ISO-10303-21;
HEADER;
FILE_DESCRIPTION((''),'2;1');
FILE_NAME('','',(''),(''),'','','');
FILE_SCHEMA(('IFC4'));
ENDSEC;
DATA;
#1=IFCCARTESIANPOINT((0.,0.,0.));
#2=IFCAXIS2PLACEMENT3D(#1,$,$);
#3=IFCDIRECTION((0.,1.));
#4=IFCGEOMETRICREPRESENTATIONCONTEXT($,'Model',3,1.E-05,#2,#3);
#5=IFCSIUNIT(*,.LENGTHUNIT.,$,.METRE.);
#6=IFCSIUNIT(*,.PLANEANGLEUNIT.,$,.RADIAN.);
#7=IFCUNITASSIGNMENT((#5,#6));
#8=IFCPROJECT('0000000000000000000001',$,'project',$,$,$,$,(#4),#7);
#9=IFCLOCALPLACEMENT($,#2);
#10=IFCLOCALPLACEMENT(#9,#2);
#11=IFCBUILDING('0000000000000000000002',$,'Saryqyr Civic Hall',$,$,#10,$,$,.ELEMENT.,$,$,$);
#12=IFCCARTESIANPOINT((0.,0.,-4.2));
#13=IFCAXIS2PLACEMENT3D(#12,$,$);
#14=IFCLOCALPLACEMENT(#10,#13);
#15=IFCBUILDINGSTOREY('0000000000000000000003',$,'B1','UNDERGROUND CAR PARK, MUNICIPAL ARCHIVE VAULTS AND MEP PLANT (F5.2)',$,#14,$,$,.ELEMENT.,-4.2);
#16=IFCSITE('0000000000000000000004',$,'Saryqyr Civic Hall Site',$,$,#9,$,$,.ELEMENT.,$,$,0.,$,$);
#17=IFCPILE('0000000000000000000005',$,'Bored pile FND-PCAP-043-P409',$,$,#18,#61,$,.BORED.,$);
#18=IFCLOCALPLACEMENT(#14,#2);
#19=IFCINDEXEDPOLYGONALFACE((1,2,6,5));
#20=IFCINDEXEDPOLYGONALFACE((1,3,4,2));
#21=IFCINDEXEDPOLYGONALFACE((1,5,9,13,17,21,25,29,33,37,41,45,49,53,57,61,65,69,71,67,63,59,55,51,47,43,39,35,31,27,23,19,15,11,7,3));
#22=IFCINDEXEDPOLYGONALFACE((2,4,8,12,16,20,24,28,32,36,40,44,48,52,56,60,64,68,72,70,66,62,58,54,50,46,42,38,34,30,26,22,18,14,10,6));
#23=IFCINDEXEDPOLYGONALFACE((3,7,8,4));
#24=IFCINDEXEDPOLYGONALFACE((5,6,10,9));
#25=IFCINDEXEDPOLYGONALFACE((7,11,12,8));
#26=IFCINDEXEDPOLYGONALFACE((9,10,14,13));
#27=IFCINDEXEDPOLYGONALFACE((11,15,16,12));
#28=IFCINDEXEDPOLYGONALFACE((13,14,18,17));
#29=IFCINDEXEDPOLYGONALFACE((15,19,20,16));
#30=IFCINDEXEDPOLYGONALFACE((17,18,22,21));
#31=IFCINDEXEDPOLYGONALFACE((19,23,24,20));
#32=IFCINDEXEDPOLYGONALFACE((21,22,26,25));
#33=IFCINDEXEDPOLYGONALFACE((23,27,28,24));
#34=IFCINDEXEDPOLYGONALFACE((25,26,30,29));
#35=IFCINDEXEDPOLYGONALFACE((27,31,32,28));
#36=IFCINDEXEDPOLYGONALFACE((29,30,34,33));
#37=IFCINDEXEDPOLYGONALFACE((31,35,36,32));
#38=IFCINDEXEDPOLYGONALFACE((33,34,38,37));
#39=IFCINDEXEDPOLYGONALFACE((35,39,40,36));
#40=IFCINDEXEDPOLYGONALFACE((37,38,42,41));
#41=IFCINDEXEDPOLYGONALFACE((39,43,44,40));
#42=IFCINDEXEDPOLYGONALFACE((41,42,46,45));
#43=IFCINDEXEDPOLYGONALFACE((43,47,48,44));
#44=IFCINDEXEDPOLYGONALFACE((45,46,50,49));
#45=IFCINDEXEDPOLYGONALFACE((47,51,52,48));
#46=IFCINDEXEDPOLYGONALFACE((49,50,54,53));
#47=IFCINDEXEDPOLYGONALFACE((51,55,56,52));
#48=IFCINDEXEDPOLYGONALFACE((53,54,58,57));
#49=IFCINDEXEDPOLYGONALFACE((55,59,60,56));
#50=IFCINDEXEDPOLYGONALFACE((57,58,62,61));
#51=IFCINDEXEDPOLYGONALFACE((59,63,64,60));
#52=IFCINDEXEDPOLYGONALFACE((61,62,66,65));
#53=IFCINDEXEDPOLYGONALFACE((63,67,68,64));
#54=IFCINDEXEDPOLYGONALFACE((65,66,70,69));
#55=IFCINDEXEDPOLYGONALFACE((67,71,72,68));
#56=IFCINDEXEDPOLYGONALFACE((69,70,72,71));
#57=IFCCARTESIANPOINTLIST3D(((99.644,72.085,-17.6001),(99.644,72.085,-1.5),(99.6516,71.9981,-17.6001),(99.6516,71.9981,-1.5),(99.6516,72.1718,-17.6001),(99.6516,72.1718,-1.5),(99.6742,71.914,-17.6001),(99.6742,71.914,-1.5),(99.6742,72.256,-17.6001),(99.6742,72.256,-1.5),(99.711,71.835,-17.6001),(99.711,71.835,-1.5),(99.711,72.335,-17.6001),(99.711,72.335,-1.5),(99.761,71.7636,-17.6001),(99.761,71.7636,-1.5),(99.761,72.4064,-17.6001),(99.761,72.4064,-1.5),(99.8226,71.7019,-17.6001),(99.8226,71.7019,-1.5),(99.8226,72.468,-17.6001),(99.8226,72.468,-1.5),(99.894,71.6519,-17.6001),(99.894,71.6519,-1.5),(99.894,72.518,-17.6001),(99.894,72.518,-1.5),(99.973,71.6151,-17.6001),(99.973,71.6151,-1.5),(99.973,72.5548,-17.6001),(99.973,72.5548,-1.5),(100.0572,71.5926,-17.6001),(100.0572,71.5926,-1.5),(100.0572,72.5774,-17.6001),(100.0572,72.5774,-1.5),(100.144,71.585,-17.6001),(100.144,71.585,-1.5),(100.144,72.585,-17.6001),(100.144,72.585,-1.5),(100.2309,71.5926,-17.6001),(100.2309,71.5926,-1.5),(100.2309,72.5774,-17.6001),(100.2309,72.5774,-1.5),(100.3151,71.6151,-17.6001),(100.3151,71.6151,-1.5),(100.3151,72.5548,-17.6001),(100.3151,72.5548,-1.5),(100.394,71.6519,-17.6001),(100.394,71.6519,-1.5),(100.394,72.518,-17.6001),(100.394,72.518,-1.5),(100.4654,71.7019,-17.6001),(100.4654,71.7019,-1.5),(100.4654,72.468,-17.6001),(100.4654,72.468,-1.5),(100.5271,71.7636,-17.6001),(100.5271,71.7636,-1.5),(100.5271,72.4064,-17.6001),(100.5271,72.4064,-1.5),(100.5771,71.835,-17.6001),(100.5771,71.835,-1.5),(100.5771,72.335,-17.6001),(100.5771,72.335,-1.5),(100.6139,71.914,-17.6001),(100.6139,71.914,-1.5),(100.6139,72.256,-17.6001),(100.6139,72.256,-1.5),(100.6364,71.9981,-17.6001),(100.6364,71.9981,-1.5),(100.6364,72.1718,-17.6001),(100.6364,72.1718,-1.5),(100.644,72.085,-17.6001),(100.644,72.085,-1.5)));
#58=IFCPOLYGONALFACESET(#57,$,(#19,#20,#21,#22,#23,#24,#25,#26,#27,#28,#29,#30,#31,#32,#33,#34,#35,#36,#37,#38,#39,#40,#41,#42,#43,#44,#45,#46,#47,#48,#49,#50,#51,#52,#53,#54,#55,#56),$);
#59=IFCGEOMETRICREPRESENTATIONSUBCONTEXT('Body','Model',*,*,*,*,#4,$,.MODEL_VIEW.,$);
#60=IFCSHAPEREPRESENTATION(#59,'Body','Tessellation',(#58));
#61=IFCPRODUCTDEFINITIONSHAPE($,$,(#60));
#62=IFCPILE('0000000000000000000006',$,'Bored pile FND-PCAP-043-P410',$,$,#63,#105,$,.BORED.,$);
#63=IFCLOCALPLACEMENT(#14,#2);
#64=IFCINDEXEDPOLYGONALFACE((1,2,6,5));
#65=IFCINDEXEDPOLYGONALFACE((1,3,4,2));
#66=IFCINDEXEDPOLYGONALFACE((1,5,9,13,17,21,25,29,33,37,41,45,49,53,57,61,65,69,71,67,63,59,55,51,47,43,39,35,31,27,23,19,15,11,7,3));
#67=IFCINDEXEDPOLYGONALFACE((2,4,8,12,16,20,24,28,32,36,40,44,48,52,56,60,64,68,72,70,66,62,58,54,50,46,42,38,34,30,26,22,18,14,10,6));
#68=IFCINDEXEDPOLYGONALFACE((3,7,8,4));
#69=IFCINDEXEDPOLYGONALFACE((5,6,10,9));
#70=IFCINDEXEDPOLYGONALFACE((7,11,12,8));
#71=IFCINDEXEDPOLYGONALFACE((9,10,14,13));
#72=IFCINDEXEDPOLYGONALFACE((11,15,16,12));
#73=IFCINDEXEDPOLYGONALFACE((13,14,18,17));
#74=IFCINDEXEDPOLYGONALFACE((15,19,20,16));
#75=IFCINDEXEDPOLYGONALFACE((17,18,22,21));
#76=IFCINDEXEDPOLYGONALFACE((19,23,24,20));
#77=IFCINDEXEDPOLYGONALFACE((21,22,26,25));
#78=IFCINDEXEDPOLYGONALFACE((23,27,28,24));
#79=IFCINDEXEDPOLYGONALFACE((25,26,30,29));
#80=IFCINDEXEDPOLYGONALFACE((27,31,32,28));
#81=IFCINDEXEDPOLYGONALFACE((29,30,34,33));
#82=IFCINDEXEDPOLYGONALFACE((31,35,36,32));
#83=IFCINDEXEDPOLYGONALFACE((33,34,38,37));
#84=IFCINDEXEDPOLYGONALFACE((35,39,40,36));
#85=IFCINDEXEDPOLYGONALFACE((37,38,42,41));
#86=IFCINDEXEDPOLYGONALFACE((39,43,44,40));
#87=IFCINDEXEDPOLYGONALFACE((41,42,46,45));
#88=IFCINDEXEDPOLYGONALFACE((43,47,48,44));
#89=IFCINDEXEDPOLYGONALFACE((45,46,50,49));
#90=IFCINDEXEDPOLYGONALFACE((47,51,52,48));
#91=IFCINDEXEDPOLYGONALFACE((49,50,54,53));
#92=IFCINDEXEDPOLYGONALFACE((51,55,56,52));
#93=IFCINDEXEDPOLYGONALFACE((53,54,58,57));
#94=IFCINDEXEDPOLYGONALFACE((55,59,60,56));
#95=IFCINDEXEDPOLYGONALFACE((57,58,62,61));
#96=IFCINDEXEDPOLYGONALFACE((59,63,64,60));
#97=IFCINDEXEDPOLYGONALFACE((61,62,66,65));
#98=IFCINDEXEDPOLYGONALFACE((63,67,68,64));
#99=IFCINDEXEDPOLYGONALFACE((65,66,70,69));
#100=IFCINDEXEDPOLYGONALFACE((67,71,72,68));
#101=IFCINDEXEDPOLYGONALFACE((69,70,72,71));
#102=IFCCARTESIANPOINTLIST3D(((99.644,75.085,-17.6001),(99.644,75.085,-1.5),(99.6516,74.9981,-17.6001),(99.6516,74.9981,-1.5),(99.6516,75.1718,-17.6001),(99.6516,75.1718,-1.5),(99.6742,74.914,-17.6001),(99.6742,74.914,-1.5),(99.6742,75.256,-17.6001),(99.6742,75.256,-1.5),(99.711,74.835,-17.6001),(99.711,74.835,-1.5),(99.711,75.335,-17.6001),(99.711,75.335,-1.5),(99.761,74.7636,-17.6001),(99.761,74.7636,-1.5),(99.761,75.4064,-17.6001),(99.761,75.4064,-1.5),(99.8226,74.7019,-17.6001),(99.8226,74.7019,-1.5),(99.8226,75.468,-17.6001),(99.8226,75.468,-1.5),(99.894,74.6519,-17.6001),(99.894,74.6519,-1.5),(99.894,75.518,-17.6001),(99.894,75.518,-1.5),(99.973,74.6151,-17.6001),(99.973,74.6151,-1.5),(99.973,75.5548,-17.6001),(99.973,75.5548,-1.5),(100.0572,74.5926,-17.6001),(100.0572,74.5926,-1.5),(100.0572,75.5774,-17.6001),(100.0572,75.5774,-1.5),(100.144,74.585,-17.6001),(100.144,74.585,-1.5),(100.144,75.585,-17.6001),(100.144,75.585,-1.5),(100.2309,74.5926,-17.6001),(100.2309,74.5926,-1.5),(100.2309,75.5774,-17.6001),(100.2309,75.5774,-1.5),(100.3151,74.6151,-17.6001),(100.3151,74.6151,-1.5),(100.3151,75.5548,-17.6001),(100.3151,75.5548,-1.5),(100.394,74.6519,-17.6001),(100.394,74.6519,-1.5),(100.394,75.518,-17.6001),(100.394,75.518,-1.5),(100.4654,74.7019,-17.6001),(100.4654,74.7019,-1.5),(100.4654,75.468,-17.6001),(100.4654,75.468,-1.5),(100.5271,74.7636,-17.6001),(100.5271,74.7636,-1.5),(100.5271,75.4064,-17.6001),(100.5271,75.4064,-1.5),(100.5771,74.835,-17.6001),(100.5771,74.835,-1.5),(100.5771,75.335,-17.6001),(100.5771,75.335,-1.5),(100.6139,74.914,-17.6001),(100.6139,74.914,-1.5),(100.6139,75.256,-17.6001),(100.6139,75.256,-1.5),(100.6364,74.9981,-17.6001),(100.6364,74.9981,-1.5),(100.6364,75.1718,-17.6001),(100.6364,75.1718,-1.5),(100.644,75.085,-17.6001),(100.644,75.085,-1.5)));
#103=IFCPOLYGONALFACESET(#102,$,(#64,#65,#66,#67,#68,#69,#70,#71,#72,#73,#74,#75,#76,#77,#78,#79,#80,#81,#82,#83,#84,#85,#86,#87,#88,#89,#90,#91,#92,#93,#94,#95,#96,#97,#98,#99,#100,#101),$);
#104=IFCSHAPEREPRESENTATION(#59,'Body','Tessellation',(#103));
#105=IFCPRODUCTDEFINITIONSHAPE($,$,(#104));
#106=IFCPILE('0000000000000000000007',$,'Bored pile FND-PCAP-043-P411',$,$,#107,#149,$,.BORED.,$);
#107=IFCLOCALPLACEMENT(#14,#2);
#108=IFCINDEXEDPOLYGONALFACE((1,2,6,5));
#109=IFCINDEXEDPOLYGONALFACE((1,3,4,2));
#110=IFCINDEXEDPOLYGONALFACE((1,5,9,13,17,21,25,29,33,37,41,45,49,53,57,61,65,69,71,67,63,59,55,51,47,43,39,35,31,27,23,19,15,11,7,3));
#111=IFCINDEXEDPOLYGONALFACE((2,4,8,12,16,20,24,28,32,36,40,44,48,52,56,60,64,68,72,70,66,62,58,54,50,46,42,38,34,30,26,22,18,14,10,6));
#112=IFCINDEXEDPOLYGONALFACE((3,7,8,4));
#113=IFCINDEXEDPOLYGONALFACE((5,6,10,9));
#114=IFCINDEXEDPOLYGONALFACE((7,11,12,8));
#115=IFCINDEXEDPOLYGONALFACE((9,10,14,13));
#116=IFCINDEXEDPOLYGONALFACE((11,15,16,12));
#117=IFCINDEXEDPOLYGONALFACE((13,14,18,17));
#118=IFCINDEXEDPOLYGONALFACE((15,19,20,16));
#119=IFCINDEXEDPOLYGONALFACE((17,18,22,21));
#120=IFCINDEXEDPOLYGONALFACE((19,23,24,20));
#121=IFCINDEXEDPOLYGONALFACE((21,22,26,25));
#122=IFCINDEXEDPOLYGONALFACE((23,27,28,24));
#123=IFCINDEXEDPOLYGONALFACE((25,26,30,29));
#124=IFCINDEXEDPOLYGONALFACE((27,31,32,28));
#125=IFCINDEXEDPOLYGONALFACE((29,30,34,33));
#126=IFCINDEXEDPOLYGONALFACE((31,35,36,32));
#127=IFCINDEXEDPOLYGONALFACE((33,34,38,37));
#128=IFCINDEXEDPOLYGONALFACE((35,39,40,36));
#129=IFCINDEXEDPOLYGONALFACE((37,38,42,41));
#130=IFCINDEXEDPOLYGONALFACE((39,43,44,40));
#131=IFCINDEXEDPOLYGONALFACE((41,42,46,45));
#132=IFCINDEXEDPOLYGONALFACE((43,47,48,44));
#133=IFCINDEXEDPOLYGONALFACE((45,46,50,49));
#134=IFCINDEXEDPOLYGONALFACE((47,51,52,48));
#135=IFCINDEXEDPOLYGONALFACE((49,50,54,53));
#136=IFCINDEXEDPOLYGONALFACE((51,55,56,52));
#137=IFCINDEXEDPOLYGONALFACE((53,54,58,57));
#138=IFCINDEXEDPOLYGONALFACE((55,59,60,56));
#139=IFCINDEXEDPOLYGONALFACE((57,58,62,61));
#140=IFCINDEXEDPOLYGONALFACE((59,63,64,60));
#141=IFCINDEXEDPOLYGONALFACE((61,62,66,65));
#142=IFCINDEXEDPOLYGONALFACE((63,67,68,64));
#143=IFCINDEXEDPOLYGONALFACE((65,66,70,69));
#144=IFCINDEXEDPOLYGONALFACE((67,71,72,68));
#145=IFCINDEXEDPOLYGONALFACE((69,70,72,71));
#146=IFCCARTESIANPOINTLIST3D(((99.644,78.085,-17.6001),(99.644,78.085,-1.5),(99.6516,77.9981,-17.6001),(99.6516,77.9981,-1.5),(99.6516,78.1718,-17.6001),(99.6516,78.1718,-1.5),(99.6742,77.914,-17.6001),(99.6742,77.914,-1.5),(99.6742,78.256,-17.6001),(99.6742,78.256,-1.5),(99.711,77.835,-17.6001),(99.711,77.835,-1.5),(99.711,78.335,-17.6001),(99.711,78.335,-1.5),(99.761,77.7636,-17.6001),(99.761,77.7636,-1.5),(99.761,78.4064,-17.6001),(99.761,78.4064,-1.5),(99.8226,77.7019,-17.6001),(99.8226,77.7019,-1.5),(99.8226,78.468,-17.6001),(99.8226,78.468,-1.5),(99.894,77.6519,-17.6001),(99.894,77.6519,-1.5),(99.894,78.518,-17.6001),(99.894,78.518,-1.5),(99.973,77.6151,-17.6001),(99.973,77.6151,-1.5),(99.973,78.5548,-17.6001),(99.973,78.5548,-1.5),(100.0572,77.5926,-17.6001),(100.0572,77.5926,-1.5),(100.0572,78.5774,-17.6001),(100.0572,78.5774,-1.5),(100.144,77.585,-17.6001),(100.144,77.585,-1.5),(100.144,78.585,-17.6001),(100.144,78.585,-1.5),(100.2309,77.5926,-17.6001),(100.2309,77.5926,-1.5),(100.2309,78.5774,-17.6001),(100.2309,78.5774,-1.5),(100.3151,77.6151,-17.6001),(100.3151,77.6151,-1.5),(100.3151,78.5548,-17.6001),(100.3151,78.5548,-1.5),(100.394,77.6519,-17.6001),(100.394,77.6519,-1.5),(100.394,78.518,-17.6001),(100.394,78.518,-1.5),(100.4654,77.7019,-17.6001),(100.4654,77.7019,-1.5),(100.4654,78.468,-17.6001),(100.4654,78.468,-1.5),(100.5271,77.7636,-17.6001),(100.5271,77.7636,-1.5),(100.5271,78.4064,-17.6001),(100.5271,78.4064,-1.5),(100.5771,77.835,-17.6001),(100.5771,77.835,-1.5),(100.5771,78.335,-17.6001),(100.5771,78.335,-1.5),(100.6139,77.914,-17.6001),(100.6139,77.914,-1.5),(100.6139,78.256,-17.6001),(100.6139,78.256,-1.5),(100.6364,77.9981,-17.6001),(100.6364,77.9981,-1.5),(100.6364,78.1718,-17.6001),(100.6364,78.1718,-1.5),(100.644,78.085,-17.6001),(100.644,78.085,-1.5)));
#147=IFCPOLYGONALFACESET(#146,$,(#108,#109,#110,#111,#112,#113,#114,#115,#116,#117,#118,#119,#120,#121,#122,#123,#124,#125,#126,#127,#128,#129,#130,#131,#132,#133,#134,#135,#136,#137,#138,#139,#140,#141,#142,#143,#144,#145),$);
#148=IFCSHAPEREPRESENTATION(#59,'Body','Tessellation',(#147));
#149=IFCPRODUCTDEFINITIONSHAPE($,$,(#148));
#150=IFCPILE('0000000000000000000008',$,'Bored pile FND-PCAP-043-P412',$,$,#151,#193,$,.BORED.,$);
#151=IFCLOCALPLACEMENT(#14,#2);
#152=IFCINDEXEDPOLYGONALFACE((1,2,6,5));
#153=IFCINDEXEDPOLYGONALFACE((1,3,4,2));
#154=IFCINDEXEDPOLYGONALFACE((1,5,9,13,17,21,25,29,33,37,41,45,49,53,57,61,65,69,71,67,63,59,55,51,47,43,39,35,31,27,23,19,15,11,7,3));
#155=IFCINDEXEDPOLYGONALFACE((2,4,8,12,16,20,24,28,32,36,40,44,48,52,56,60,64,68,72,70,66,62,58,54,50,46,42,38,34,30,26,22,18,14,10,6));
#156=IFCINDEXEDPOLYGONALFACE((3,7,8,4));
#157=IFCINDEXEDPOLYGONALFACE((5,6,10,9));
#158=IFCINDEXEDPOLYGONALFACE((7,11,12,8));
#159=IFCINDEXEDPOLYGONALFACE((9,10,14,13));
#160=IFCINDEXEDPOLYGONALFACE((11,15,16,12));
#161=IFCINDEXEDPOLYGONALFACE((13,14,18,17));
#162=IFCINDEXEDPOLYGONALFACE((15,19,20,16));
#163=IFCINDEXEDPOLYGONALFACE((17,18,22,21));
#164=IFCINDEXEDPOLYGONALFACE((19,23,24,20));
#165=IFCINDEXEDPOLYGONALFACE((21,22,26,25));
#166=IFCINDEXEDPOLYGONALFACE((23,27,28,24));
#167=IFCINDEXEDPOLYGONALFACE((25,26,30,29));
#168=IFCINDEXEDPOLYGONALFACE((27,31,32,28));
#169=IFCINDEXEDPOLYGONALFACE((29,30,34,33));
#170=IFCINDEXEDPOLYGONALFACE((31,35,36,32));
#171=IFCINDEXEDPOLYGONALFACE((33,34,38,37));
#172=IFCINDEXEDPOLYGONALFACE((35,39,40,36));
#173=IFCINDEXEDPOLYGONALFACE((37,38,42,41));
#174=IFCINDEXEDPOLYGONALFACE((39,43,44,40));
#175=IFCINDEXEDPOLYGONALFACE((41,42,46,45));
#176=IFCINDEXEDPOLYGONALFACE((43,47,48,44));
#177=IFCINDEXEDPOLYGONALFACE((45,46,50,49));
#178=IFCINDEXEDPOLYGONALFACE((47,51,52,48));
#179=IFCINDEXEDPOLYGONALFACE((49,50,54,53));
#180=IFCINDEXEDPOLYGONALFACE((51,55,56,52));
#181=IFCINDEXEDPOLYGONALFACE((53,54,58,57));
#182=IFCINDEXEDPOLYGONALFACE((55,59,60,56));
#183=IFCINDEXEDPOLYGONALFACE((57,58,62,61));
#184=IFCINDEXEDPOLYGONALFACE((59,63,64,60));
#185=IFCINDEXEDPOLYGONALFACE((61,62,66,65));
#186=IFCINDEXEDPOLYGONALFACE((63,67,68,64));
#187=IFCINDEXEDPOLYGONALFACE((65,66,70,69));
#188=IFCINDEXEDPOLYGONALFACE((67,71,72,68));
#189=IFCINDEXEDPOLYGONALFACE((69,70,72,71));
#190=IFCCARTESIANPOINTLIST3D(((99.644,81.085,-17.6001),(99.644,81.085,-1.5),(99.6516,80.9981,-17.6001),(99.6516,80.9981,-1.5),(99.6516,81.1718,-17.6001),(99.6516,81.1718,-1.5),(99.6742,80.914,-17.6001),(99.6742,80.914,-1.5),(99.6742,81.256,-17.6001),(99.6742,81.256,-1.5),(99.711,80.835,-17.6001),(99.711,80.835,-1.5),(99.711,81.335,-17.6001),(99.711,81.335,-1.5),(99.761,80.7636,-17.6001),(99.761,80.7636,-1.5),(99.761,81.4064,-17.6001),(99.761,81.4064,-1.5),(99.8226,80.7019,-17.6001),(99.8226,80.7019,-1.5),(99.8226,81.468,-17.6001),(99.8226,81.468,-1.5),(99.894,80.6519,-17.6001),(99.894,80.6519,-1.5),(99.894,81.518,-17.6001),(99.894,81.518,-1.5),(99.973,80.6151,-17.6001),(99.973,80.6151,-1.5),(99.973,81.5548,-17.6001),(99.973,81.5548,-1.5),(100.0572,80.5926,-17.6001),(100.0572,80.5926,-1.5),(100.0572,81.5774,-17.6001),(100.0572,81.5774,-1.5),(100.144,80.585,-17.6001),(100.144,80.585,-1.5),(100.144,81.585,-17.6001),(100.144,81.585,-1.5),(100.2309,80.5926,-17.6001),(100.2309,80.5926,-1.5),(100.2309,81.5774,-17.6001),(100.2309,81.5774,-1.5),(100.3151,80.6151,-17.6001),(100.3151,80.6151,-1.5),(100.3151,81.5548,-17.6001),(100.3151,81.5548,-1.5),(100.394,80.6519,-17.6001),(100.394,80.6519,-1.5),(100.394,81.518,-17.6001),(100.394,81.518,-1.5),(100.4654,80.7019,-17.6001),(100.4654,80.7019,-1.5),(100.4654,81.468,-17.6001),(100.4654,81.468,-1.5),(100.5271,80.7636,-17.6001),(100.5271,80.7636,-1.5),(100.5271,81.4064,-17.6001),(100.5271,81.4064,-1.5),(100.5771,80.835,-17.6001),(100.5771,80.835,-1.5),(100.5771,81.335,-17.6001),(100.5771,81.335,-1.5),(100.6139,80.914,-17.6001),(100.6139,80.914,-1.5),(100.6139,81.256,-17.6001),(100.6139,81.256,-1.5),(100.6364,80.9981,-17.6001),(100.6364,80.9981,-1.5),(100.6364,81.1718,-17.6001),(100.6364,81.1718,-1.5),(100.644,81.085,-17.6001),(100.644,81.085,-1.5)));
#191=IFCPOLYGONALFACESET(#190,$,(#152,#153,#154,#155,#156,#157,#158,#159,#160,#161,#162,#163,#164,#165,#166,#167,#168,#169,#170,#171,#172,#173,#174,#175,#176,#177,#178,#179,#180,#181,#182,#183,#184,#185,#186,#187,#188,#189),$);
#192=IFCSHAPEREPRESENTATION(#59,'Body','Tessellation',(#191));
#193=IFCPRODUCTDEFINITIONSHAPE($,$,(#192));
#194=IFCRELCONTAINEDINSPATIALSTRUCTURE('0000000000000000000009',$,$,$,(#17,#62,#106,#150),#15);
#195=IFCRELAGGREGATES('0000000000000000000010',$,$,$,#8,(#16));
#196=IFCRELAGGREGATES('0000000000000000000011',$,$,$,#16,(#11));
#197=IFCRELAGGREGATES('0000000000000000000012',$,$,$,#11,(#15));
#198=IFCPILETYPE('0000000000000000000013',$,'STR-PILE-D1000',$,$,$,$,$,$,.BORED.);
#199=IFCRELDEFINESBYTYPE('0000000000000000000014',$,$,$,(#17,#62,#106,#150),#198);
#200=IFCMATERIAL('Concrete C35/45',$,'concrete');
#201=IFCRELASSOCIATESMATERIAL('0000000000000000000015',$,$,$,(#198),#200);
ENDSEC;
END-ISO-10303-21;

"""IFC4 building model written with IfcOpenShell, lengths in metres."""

from ifc_helpers import new_model, si_unit, direction, frame, origin, origin_2d, place, context, subcontext, project, spatial, circle, extrude, material, material_profile, profile_set, type_object, element, save


model = new_model("IFC4")

# Units and contexts
model_context = context("Model", 3, precision=1e-05, world=origin(), true_north=direction((0.0, 1.0)))
body_context = subcontext(model_context, "Body", "Model", "MODEL_VIEW")
ifc_project = project(units=[si_unit("LENGTHUNIT", "METRE"), si_unit("PLANEANGLEUNIT", "RADIAN")], contexts=[model_context])

# Site, building, storey
site_placement = place(None, origin())
site = spatial("IfcSite", under=ifc_project, at=site_placement, Name="Saryqyr Civic Hall Site", CompositionType="ELEMENT", RefElevation=0.0)
building_placement = place(site_placement, origin())
building = spatial("IfcBuilding", under=site, at=building_placement, Name="Saryqyr Civic Hall", CompositionType="ELEMENT")
storey_placement = place(building_placement, frame((0.0, 0.0, -4.2)))
storey = spatial("IfcBuildingStorey", under=building, at=storey_placement, Name="B1", Description="UNDERGROUND CAR PARK, MUNICIPAL ARCHIVE VAULTS AND MEP PLANT (F5.2)", CompositionType="ELEMENT", Elevation=-4.2)

# Piles
ifc_material_1 = material(Name="Concrete C35/45", Category="concrete")
ifc_material_profile_1 = material_profile(ifc_material_1, circle(Radius=0.5, at=origin_2d()), Name="BORED PILE D1000")
ifc_profile_set_1 = profile_set([ifc_material_profile_1], Name="Concrete C35/45")
pile_type = type_object("IfcPileType", Name="STR-PILE-D1000", PredefinedType="BORED", material=ifc_profile_set_1)
for number, where, z_axis, x_axis, name in (
    (1, (100.144, 72.085, -1.5), (0.0, 0.0, -1.0), (1.0, 0.0, 0.0), "Bored pile FND-PCAP-043-P409"),
    (2, (100.144, 75.085, -1.5), (0.0, 0.0, -1.0), (1.0, 0.0, 0.0), "Bored pile FND-PCAP-043-P410"),
    (3, (100.144, 78.085, -1.5), (0.0, 0.0, -1.0), (1.0, 0.0, 0.0), "Bored pile FND-PCAP-043-P411"),
    (4, (100.144, 81.085, -1.5), (0.0, 0.0, -1.0), (1.0, 0.0, 0.0), "Bored pile FND-PCAP-043-P412"),
):
    element("IfcPile", number, at=place(storey_placement, frame(where, z_axis=z_axis, x_axis=x_axis)), inside=storey, type_object=pile_type, Name=name, PredefinedType="BORED", context=body_context, shape_type="SweptSolid", body=[
        extrude(circle(Radius=0.5, at=origin_2d()), origin(), (0.0, 0.0, 1.0), 16.1001),
    ])

save(model, "model.ifc")
